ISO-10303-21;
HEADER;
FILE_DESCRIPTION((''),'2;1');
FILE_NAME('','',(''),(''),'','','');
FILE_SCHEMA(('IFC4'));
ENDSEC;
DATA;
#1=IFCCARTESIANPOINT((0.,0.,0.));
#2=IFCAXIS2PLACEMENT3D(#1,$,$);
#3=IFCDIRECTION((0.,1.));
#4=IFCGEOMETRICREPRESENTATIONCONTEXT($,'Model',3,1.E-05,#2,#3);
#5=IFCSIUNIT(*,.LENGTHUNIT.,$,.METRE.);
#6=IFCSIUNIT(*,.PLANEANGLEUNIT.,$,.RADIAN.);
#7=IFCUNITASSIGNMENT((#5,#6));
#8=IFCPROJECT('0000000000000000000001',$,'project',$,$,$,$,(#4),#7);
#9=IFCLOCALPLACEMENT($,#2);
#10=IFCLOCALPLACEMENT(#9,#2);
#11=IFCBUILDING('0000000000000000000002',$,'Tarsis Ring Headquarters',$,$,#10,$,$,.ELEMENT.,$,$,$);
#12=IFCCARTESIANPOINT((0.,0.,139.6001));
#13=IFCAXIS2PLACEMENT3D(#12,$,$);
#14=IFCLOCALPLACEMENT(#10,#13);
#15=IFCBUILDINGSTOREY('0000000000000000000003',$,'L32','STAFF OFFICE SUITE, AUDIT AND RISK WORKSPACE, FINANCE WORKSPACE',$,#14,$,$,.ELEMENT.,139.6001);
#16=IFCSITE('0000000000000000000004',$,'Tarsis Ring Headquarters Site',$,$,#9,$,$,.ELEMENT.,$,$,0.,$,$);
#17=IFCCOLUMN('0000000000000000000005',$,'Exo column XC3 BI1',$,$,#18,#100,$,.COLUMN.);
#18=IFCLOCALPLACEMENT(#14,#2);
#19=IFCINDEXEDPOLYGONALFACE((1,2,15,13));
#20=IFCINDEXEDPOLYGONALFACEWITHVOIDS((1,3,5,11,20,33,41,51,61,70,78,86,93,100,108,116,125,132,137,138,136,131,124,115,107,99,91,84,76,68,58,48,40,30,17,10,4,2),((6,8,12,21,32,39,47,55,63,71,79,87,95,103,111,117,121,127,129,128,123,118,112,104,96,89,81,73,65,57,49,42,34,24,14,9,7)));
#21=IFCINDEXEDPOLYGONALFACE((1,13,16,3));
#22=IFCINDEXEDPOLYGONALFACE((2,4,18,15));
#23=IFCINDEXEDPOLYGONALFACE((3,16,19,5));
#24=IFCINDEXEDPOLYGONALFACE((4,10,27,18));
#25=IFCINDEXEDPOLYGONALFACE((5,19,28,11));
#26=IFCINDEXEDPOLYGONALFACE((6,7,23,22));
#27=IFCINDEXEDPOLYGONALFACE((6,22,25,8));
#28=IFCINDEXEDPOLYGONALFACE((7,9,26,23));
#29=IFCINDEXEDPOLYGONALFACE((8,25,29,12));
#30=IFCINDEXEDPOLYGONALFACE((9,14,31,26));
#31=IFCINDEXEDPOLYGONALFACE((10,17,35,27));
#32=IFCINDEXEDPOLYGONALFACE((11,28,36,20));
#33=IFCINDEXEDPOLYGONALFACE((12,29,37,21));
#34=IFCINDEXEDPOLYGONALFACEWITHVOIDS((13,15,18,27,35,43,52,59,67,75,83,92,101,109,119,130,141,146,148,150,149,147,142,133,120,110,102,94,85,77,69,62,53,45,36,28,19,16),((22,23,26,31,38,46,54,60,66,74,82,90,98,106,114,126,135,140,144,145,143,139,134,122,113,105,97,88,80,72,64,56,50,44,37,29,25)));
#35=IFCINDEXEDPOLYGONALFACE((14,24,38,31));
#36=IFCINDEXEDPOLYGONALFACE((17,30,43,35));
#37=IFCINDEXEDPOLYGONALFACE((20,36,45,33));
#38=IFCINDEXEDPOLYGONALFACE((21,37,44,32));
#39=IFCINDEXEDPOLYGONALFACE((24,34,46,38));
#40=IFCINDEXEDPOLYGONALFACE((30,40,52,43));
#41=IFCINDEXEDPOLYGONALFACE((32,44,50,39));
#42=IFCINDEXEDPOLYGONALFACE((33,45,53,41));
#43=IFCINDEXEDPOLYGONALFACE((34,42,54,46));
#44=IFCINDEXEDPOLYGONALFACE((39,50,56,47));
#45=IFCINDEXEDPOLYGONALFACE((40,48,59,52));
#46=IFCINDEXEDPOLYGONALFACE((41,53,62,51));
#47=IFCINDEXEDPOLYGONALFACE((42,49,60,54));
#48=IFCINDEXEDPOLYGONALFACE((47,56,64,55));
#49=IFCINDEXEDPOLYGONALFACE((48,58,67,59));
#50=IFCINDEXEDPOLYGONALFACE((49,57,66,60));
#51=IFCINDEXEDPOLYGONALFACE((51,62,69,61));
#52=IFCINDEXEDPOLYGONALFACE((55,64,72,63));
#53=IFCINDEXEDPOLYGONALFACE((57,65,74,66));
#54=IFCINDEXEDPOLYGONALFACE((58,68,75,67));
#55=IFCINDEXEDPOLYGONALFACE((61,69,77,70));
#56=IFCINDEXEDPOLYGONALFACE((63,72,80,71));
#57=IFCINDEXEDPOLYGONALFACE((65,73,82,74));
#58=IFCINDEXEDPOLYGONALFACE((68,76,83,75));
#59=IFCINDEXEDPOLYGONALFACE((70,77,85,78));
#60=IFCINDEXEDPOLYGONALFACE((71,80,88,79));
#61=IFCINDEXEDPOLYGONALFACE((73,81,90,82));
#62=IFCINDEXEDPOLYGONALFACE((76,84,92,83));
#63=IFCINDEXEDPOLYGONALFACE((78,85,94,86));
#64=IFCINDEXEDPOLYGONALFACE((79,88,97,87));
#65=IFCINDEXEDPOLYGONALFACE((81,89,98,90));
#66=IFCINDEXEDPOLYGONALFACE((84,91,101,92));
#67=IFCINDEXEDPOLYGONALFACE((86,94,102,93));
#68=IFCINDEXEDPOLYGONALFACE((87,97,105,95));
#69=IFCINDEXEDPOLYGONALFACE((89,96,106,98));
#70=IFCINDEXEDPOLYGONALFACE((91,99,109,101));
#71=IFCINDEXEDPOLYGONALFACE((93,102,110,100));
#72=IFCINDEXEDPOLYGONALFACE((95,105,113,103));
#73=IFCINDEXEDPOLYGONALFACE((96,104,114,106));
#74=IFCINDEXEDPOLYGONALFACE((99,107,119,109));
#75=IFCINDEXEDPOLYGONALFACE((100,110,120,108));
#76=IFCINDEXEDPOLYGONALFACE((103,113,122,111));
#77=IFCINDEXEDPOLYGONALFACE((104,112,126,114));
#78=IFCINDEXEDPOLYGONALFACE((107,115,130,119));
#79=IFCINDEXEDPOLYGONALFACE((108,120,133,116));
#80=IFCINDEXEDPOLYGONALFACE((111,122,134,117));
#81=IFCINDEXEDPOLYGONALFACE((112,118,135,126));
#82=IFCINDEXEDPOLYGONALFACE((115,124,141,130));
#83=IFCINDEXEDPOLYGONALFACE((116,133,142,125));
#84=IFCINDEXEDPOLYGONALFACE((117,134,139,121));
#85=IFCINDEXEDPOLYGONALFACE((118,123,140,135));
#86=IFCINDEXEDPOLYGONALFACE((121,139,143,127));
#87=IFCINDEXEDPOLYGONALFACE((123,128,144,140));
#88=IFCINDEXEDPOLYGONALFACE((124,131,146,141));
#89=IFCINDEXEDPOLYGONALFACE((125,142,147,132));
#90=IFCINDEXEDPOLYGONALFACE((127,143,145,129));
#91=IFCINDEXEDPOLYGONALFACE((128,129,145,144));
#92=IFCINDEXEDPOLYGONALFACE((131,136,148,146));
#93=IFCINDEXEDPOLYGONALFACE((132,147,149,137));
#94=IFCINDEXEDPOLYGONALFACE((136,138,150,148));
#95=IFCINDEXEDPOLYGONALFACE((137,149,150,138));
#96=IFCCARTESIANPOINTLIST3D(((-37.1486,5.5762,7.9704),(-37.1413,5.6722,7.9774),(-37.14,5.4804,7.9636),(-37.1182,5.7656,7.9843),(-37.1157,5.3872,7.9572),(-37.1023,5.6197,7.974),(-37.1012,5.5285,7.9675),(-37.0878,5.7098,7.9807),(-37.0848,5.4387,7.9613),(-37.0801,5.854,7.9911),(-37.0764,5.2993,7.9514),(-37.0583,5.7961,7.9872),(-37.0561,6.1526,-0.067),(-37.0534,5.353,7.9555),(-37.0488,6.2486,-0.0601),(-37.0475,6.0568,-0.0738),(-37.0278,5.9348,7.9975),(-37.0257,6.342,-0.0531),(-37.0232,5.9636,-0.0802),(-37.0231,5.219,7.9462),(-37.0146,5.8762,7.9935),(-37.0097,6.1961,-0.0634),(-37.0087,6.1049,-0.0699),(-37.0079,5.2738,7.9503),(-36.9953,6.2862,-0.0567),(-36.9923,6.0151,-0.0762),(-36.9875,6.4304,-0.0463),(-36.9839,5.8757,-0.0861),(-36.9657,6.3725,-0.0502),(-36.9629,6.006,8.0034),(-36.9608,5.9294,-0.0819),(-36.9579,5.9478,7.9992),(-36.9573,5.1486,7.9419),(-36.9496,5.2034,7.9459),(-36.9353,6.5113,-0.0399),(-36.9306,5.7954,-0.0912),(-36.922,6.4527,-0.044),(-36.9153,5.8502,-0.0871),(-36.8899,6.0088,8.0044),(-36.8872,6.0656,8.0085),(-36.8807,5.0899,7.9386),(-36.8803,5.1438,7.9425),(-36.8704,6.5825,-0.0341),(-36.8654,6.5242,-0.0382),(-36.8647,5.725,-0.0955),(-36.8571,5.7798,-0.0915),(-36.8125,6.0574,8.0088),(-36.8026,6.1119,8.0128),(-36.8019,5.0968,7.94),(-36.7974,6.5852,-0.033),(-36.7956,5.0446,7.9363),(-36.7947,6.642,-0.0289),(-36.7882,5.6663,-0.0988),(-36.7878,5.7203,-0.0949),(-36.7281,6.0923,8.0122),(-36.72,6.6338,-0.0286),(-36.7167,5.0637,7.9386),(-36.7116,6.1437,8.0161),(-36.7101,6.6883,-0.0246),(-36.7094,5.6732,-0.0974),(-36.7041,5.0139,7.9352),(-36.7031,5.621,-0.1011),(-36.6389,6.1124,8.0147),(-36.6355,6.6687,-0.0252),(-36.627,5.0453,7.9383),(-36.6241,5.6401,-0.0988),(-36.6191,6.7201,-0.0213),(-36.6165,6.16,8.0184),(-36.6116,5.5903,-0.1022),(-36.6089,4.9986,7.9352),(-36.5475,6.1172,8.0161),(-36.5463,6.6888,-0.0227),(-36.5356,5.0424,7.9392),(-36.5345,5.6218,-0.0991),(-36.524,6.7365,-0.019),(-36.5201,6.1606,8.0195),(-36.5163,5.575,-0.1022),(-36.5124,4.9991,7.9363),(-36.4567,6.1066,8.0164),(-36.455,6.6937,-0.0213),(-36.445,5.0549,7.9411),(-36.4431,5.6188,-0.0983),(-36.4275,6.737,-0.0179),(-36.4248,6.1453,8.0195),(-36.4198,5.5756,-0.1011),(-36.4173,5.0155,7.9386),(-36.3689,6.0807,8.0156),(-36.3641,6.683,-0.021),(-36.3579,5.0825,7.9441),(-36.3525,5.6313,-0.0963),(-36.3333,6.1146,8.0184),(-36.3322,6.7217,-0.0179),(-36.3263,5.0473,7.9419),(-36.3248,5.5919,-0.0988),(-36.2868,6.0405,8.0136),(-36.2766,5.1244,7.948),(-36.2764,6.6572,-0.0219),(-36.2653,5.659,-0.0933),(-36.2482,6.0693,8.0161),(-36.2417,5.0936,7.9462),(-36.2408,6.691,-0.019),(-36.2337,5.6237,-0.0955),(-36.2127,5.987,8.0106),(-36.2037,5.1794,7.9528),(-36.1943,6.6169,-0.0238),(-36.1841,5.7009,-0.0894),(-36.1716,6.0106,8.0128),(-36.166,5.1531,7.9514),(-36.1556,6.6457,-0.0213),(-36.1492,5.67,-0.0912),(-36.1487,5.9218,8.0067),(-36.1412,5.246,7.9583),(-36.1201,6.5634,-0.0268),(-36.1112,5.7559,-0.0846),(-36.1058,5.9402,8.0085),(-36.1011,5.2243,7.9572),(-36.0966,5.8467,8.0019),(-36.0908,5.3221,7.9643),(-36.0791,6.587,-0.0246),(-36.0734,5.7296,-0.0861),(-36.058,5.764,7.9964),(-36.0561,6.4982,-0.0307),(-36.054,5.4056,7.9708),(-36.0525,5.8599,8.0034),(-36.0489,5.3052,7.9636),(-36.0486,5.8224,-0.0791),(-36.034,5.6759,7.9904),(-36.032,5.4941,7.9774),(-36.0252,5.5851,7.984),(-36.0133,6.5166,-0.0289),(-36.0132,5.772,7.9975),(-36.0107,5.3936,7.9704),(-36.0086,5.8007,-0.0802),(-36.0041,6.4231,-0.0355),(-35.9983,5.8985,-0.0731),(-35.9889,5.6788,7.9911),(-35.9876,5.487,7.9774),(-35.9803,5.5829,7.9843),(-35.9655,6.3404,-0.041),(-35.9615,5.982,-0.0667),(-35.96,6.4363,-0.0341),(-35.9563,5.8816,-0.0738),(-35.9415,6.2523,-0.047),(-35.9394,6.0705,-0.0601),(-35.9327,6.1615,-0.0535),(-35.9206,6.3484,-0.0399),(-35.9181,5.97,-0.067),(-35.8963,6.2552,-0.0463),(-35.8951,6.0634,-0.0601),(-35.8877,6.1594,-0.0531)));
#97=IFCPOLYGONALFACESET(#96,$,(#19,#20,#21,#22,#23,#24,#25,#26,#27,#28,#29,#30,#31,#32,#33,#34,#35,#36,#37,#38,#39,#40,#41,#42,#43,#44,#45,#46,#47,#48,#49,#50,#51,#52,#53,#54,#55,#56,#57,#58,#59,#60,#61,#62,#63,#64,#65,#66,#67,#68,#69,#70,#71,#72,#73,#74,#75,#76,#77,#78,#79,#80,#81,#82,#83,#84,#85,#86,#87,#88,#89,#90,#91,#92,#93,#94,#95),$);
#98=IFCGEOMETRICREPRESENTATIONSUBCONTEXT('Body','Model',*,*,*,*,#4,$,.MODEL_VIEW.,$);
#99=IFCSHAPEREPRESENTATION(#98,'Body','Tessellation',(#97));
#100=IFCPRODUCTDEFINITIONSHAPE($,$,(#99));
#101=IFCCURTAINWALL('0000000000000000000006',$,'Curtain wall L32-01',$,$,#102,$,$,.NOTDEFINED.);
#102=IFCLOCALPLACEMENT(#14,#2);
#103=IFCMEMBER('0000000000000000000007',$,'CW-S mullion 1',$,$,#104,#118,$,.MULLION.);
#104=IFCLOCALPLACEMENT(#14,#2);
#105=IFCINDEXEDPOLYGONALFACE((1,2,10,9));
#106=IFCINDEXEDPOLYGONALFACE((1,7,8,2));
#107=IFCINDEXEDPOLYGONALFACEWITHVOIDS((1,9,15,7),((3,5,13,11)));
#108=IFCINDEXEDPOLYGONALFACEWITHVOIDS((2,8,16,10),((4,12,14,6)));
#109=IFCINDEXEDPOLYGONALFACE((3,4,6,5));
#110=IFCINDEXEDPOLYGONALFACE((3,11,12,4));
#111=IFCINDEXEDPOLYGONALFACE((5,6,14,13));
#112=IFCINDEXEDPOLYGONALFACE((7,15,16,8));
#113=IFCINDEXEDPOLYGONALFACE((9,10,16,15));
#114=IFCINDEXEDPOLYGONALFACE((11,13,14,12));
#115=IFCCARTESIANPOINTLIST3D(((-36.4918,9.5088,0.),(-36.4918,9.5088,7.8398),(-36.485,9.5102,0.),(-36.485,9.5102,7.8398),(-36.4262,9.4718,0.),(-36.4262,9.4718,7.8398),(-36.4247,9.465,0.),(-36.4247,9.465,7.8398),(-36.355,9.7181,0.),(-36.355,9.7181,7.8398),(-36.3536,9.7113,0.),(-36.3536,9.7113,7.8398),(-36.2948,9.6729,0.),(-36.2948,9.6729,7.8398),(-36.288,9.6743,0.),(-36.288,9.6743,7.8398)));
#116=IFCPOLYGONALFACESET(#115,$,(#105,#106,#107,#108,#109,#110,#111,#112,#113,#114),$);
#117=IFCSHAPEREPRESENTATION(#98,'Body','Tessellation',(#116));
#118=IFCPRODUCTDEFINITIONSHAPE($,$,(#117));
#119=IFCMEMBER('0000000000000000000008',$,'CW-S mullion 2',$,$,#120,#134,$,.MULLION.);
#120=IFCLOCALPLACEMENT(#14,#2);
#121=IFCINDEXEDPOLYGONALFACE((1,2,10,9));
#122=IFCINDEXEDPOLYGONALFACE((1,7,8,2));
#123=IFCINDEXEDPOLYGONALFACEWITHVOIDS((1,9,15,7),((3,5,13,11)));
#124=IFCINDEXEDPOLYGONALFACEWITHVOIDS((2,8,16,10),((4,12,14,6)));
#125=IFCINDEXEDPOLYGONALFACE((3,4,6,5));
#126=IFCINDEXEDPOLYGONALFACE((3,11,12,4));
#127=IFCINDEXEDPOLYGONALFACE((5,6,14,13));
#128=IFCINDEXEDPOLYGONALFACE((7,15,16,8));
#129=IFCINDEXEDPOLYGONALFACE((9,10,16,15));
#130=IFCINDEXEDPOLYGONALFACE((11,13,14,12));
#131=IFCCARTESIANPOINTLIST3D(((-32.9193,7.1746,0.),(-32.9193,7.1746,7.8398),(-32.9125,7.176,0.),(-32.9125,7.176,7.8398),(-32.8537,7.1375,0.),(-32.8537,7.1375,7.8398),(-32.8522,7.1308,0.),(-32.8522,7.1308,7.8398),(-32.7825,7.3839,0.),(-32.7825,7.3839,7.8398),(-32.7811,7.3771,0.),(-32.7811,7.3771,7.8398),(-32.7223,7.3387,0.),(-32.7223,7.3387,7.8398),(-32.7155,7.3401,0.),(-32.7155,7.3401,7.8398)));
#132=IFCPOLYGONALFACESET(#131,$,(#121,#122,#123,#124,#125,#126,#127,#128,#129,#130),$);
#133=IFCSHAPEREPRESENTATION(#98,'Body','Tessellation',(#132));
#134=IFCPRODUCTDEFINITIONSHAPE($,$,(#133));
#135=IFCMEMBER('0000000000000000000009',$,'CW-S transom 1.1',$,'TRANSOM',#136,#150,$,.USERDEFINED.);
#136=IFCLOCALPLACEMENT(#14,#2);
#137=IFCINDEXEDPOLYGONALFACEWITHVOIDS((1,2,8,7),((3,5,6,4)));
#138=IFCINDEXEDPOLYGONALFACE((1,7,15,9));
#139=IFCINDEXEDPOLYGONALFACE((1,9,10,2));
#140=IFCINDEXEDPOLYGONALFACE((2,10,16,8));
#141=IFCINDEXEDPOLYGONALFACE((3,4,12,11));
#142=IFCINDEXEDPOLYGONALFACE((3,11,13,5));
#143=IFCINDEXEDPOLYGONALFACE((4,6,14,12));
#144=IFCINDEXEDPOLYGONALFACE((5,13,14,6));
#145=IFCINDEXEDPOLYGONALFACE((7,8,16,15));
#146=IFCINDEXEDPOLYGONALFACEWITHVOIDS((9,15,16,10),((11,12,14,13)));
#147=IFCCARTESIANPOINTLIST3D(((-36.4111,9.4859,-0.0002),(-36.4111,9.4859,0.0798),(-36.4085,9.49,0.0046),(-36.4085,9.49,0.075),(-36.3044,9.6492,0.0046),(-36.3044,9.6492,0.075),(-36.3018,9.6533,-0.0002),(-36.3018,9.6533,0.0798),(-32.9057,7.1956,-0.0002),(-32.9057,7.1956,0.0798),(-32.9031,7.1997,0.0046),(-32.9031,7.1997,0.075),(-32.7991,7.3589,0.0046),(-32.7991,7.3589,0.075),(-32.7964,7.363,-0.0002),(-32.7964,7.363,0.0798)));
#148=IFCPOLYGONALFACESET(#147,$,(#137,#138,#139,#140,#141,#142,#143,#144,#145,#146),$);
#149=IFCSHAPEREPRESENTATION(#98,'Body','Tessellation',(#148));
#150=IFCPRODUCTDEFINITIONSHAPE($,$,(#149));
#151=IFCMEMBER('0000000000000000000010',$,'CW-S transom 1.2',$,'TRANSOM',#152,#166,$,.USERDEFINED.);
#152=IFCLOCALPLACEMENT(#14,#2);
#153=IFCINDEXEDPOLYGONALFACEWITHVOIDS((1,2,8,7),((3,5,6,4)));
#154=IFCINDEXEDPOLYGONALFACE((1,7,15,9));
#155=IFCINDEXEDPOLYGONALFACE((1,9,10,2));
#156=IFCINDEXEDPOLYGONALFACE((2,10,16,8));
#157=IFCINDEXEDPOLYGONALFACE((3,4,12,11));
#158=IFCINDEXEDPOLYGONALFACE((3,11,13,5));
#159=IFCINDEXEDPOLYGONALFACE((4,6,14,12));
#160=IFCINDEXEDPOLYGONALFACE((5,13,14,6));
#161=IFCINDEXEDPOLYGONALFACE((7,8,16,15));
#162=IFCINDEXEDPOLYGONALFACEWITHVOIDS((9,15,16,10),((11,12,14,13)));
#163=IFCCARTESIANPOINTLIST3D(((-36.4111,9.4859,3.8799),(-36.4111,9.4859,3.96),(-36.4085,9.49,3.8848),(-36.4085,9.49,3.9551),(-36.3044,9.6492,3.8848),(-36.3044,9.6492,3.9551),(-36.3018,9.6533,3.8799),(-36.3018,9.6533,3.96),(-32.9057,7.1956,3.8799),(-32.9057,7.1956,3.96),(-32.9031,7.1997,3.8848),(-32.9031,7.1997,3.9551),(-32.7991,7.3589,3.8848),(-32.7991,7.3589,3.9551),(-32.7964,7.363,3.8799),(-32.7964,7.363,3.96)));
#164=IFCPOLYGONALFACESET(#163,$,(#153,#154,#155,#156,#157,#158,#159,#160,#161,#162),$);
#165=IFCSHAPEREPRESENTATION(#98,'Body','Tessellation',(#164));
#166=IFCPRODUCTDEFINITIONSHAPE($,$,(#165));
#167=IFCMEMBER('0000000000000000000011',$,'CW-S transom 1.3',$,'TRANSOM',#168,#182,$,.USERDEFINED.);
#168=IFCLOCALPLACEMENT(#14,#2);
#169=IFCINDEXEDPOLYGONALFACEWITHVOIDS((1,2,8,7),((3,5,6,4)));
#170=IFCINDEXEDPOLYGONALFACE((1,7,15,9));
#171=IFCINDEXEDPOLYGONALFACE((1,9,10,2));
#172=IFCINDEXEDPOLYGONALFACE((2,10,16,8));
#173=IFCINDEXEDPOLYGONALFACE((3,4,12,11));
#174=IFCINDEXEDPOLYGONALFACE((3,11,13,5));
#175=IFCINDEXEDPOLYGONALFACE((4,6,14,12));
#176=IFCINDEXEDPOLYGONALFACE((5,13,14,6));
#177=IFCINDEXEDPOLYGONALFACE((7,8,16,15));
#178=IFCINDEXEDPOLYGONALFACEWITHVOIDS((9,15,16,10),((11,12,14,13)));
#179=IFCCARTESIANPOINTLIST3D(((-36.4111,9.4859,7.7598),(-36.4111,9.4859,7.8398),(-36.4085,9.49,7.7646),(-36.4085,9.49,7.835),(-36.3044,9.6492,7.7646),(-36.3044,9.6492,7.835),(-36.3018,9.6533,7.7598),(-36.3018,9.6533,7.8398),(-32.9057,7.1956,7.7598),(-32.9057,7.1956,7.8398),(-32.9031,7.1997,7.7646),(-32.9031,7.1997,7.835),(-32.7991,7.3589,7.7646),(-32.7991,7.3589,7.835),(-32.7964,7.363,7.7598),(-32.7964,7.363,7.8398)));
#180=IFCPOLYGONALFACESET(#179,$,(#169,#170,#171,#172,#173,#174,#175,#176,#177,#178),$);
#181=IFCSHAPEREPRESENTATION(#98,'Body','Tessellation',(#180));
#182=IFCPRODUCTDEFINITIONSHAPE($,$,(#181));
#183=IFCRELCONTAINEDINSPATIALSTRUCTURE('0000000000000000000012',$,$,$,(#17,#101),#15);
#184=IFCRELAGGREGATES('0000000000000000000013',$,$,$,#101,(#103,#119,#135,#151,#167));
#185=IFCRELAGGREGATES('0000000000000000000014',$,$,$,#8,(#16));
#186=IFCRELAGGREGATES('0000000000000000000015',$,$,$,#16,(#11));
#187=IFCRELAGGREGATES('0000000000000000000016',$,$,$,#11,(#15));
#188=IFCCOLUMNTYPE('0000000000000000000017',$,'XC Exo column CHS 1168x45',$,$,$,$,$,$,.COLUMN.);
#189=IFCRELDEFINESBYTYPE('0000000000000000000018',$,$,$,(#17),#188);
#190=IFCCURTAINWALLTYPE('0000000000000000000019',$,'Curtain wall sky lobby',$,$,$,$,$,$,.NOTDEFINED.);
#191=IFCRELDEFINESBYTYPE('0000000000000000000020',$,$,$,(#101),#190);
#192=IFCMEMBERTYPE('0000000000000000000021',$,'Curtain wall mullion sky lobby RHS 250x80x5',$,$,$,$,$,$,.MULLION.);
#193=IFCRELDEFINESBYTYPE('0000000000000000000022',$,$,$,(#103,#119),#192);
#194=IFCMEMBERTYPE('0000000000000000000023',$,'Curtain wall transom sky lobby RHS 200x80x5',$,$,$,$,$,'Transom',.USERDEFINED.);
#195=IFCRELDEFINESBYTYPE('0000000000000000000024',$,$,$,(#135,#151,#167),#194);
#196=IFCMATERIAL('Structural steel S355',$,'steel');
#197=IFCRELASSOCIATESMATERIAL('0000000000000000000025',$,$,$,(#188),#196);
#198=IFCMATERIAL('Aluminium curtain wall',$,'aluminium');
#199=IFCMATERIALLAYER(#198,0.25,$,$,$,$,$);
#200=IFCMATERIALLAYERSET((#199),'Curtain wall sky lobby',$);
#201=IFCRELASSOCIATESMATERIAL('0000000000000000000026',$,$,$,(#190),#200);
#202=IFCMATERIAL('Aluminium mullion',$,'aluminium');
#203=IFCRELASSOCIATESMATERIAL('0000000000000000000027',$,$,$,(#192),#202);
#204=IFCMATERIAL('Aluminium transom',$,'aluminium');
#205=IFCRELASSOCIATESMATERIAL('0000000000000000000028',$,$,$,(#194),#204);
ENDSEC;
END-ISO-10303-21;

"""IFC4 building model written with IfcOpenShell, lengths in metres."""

from ifc_helpers import new_model, si_unit, direction, frame, origin, origin_2d, place, context, subcontext, project, spatial, hollow_rectangle, hollow_circle, extrude, material, layer, layer_set, material_profile, profile_set, type_object, element, aggregate, save


model = new_model("IFC4")

# Units and contexts
model_context = context("Model", 3, precision=1e-05, world=origin(), true_north=direction((0.0, 1.0)))
body_context = subcontext(model_context, "Body", "Model", "MODEL_VIEW")
ifc_project = project(units=[si_unit("LENGTHUNIT", "METRE"), si_unit("PLANEANGLEUNIT", "RADIAN")], contexts=[model_context])

# Site, building, storey
site_placement = place(None, origin())
site = spatial("IfcSite", under=ifc_project, at=site_placement, Name="Tarsis Ring Headquarters Site", CompositionType="ELEMENT", RefElevation=0.0)
building_placement = place(site_placement, origin())
building = spatial("IfcBuilding", under=site, at=building_placement, Name="Tarsis Ring Headquarters", CompositionType="ELEMENT")
storey_placement = place(building_placement, frame((0.0, 0.0, 139.6001)))
storey = spatial("IfcBuildingStorey", under=building, at=storey_placement, Name="L32", Description="STAFF OFFICE SUITE, AUDIT AND RISK WORKSPACE, FINANCE WORKSPACE", CompositionType="ELEMENT", Elevation=139.6001)

# Column
ifc_material_1 = material(Name="Structural steel S355", Category="steel")
ifc_material_profile_1 = material_profile(ifc_material_1, hollow_circle(Radius=0.5842, WallThickness=0.0449, at=origin_2d()), Name="CHS 1168x45")
ifc_profile_set_1 = profile_set([ifc_material_profile_1], Name="Structural steel S355")
column_type = type_object("IfcColumnType", Name="XC Exo column CHS 1168x45", PredefinedType="COLUMN", material=ifc_profile_set_1)
column_placement = place(storey_placement, frame((-36.4719, 6.156, -0.0601), z_axis=(-0.011482, -0.071529, 0.997372), x_axis=(0.98736, -0.158496, 0.0)))
element("IfcColumn", 1, at=column_placement, inside=storey, type_object=column_type, Name="Exo column XC3 BI1", PredefinedType="COLUMN", context=body_context, shape_type="SweptSolid", body=[
    extrude(hollow_circle(Radius=0.5842, WallThickness=0.0449, at=origin_2d()), origin(), (0.0, 0.0, 1.0), 8.0586),
])

# Curtain wall, members
ifc_material_2 = material(Name="Aluminium curtain wall", Category="aluminium")
ifc_layer_1 = layer(ifc_material_2, 0.25)
ifc_layer_set_1 = layer_set([ifc_layer_1], Name="Curtain wall sky lobby")
curtain_wall_type = type_object("IfcCurtainWallType", Name="Curtain wall sky lobby", PredefinedType="NOTDEFINED", material=ifc_layer_set_1)
curtain_wall_placement = place(storey_placement, origin())
curtain_wall = element("IfcCurtainWall", 2, at=curtain_wall_placement, inside=storey, type_object=curtain_wall_type, Name="Curtain wall L32-01", PredefinedType="NOTDEFINED")
ifc_material_3 = material(Name="Aluminium mullion", Category="aluminium")
ifc_material_profile_2 = material_profile(ifc_material_3, hollow_rectangle(XDim=0.25, YDim=0.0801, WallThickness=0.0049, at=origin_2d()), Name="RHS 250x80x5")
ifc_profile_set_2 = profile_set([ifc_material_profile_2], Name="Aluminium mullion")
member_type_1 = type_object("IfcMemberType", Name="Curtain wall mullion sky lobby RHS 250x80x5", PredefinedType="MULLION", material=ifc_profile_set_2)
member_1_placement = place(storey_placement, frame((-36.3899, 9.5916, 0.0), z_axis=(0.0, 0.0, 1.0), x_axis=(0.546979, 0.837146, 0.0)))
member_1 = element("IfcMember", 3, at=member_1_placement, type_object=member_type_1, Name="CW-S mullion 1", PredefinedType="MULLION", context=body_context, shape_type="SweptSolid", body=[
    extrude(hollow_rectangle(XDim=0.25, YDim=0.0801, WallThickness=0.0049, at=origin_2d()), origin(), (0.0, 0.0, 1.0), 7.8398),
])
member_2_placement = place(storey_placement, frame((-32.8174, 7.2573, 0.0), z_axis=(0.0, 0.0, 1.0), x_axis=(0.546979, 0.837146, 0.0)))
member_2 = element("IfcMember", 4, at=member_2_placement, type_object=member_type_1, Name="CW-S mullion 2", PredefinedType="MULLION", context=body_context, shape_type="SweptSolid", body=[
    extrude(hollow_rectangle(XDim=0.25, YDim=0.0801, WallThickness=0.0049, at=origin_2d()), origin(), (0.0, 0.0, 1.0), 7.8398),
])
ifc_material_4 = material(Name="Aluminium transom", Category="aluminium")
ifc_material_profile_3 = material_profile(ifc_material_4, hollow_rectangle(XDim=0.2, YDim=0.0801, WallThickness=0.0049, at=origin_2d()), Name="RHS 200x80x5")
ifc_profile_set_3 = profile_set([ifc_material_profile_3], Name="Aluminium transom")
member_type_2 = type_object("IfcMemberType", Name="Curtain wall transom sky lobby RHS 200x80x5", ElementType="Transom", PredefinedType="USERDEFINED", material=ifc_profile_set_3)
member_3_placement = place(storey_placement, frame((-36.3564, 9.5696, 0.0398), z_axis=(0.837154, -0.546967, 0.0), x_axis=(0.546967, 0.837154, 0.0)))
member_3 = element("IfcMember", 5, at=member_3_placement, type_object=member_type_2, Name="CW-S transom 1.1", ObjectType="TRANSOM", PredefinedType="USERDEFINED", context=body_context, shape_type="SweptSolid", body=[
    extrude(hollow_rectangle(XDim=0.2, YDim=0.0801, WallThickness=0.0049, at=origin_2d()), origin(), (0.0, 0.0, 1.0), 4.1873),
])
member_4_placement = place(storey_placement, frame((-36.3564, 9.5696, 3.9199), z_axis=(0.837154, -0.546967, 0.0), x_axis=(0.546967, 0.837154, 0.0)))
member_4 = element("IfcMember", 6, at=member_4_placement, type_object=member_type_2, Name="CW-S transom 1.2", ObjectType="TRANSOM", PredefinedType="USERDEFINED", context=body_context, shape_type="SweptSolid", body=[
    extrude(hollow_rectangle(XDim=0.2, YDim=0.0801, WallThickness=0.0049, at=origin_2d()), origin(), (0.0, 0.0, 1.0), 4.1873),
])
member_5_placement = place(storey_placement, frame((-36.3564, 9.5696, 7.7998), z_axis=(0.837154, -0.546967, 0.0), x_axis=(0.546967, 0.837154, 0.0)))
member_5 = element("IfcMember", 7, at=member_5_placement, type_object=member_type_2, Name="CW-S transom 1.3", ObjectType="TRANSOM", PredefinedType="USERDEFINED", context=body_context, shape_type="SweptSolid", body=[
    extrude(hollow_rectangle(XDim=0.2, YDim=0.0801, WallThickness=0.0049, at=origin_2d()), origin(), (0.0, 0.0, 1.0), 4.1873),
])

aggregate(curtain_wall, [member_1, member_2, member_3, member_4, member_5])

save(model, "model.ifc")
